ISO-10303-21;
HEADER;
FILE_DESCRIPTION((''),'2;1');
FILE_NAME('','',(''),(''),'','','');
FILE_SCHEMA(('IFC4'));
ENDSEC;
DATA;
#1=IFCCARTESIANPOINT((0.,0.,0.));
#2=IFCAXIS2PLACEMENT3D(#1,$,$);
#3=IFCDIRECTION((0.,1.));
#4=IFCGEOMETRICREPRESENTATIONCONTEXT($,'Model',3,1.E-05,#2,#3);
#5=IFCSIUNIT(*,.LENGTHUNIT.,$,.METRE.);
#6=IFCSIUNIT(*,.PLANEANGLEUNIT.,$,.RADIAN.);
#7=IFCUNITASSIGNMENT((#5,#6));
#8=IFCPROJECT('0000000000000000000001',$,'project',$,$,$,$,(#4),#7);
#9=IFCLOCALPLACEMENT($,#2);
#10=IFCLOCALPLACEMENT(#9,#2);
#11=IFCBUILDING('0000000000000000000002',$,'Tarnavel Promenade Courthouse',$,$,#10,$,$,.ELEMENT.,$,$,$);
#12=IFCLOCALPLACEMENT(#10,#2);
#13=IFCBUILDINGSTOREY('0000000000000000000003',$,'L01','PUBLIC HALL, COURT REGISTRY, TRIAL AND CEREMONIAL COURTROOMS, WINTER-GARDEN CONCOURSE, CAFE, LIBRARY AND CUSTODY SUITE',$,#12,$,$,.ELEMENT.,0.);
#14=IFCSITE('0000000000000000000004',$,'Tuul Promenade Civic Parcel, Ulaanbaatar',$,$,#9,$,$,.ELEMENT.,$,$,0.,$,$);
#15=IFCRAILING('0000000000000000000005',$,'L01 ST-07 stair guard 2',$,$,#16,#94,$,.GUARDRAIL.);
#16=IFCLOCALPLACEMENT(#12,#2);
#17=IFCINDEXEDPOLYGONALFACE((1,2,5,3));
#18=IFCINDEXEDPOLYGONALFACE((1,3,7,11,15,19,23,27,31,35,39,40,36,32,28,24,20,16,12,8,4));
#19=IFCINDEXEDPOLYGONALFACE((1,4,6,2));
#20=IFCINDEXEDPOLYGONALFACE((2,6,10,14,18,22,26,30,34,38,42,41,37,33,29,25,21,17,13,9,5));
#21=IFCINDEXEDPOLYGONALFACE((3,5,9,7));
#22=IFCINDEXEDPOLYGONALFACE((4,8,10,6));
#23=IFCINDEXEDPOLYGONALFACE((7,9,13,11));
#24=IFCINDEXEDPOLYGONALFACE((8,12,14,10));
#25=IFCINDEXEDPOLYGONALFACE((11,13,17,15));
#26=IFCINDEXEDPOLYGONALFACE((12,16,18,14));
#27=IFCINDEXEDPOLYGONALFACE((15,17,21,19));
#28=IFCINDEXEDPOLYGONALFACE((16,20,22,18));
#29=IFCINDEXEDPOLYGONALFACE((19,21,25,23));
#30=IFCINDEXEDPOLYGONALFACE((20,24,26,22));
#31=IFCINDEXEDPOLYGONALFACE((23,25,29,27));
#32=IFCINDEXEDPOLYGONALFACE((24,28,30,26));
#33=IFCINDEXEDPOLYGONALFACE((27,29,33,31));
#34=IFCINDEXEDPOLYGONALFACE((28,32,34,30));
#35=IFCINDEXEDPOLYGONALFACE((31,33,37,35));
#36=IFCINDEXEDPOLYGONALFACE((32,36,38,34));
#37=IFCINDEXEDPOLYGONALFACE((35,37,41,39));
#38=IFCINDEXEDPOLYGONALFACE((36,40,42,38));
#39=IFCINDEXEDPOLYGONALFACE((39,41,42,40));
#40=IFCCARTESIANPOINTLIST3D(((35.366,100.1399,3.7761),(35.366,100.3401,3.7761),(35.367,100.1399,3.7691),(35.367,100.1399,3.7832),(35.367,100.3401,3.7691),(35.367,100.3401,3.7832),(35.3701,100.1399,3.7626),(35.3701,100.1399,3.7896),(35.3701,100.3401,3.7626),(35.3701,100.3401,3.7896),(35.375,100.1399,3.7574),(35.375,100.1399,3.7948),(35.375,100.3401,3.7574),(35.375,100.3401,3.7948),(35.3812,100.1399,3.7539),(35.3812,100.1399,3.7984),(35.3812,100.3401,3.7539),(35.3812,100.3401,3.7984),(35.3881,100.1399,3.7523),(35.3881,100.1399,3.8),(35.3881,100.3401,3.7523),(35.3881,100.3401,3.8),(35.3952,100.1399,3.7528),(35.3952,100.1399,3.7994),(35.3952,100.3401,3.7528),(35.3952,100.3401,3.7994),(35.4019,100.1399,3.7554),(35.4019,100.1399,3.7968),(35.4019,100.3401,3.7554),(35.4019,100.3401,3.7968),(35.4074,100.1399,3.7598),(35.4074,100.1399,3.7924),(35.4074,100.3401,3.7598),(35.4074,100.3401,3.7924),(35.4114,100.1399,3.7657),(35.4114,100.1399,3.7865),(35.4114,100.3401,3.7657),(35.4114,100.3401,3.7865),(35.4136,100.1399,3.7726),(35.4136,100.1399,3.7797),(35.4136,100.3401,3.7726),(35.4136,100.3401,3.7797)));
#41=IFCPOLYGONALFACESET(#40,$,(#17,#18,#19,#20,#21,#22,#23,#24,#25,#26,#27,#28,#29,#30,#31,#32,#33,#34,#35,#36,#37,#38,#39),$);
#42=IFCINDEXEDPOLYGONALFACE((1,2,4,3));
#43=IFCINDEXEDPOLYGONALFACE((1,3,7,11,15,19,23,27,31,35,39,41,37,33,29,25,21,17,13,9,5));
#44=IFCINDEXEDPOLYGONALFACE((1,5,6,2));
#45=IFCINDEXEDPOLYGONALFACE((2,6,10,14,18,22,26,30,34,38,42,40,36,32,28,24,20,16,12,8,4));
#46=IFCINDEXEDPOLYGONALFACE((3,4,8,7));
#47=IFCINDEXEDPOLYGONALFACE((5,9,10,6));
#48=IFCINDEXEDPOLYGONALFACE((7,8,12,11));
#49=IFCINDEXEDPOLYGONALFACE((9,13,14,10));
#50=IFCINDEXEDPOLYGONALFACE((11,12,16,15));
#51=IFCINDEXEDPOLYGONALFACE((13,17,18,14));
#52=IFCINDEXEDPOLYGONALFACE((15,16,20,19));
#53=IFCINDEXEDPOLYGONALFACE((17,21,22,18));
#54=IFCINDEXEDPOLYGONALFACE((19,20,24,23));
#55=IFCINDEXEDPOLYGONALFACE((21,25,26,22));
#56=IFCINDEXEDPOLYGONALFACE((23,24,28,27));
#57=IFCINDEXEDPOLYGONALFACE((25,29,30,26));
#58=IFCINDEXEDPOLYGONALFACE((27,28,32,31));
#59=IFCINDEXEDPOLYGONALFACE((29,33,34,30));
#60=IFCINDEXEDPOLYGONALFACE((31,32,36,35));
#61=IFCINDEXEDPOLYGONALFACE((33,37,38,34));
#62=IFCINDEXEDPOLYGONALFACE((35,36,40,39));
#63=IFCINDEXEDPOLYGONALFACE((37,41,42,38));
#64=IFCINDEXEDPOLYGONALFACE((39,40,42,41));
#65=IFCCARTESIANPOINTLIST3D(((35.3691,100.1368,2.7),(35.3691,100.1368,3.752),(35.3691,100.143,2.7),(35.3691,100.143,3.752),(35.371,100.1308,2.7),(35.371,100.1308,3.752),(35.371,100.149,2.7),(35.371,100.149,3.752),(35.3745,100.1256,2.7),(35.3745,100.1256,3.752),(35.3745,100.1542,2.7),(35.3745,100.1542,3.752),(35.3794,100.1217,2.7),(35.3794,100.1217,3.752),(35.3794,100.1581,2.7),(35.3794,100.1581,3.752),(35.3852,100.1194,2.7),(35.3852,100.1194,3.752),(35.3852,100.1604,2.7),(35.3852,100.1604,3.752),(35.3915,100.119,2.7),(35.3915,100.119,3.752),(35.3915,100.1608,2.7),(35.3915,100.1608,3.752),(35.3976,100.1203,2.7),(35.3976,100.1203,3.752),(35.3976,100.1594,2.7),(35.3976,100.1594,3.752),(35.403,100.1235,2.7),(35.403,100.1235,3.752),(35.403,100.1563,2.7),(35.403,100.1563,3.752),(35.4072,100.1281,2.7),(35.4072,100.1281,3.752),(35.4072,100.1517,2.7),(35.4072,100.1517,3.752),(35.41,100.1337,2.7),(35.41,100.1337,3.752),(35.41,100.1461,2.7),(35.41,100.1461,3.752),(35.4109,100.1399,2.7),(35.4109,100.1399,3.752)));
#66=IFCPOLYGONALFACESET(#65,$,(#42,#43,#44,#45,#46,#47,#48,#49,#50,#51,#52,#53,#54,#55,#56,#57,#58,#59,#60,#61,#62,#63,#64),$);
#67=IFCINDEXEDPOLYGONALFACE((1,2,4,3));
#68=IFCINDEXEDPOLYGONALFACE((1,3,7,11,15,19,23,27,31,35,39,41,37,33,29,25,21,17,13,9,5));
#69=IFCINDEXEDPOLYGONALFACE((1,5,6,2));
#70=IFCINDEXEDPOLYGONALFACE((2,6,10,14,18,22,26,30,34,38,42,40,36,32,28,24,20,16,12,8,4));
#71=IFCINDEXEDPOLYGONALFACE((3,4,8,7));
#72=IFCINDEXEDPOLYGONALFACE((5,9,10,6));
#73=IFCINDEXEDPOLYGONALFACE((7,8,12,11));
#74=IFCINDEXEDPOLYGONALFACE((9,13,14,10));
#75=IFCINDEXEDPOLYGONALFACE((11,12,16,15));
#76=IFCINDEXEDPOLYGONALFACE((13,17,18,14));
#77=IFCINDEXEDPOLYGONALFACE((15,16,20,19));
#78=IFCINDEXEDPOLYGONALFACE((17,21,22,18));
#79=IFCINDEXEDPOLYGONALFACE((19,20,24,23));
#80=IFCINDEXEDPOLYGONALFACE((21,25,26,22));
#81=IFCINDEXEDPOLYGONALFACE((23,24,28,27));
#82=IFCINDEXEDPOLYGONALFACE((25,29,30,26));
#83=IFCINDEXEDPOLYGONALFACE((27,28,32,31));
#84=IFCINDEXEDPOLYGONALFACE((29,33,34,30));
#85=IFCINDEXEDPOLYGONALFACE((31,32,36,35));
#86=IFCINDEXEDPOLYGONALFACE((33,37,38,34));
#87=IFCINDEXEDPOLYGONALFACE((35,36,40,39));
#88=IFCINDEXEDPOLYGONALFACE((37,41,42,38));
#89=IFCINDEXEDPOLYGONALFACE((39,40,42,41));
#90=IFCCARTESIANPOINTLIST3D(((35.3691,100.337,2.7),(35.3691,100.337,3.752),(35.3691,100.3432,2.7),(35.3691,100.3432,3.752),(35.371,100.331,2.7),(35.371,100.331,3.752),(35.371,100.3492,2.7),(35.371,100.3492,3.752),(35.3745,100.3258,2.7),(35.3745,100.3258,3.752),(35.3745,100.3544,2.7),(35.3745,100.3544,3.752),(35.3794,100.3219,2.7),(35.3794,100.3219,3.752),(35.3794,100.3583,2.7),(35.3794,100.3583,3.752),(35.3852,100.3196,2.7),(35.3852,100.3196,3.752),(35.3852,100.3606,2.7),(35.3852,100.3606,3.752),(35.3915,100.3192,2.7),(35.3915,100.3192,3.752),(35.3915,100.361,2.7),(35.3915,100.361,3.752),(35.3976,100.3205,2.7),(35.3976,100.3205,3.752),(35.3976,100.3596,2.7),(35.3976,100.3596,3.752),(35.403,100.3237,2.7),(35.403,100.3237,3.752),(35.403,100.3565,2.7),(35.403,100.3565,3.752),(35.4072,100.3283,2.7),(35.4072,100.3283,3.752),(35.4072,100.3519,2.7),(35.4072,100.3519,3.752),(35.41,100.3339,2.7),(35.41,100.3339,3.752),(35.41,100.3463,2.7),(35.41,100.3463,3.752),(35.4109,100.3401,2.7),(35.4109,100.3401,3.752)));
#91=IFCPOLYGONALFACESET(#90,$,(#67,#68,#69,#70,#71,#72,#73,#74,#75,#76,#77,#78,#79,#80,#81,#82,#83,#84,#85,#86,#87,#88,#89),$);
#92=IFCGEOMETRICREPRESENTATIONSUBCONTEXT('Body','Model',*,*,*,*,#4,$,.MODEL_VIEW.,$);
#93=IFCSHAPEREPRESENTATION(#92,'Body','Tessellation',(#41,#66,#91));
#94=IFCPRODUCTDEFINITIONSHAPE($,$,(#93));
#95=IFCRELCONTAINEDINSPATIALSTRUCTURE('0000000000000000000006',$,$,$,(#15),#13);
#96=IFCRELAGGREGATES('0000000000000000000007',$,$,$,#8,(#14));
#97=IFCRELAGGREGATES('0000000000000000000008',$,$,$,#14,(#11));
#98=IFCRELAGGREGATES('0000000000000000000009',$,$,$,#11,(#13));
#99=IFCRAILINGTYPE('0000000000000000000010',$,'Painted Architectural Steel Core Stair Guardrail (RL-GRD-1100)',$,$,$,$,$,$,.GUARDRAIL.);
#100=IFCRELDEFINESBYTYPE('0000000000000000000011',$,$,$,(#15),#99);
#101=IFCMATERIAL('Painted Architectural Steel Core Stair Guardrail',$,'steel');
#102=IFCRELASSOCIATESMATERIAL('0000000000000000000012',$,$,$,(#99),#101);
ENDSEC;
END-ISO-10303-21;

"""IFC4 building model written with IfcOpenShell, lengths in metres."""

from ifc_helpers import new_model, si_unit, direction, frame, origin, origin_2d, place, context, subcontext, project, spatial, circle, extrude, material, type_object, element, save


model = new_model("IFC4")

# Units and contexts
model_context = context("Model", 3, precision=1e-05, world=origin(), true_north=direction((0.0, 1.0)))
body_context = subcontext(model_context, "Body", "Model", "MODEL_VIEW")
ifc_project = project(units=[si_unit("LENGTHUNIT", "METRE"), si_unit("PLANEANGLEUNIT", "RADIAN")], contexts=[model_context])

# Site, building, storey
site_placement = place(None, origin())
site = spatial("IfcSite", under=ifc_project, at=site_placement, Name="Tuul Promenade Civic Parcel, Ulaanbaatar", CompositionType="ELEMENT", RefElevation=0.0)
building_placement = place(site_placement, origin())
building = spatial("IfcBuilding", under=site, at=building_placement, Name="Tarnavel Promenade Courthouse", CompositionType="ELEMENT")
storey_placement = place(building_placement, origin())
storey = spatial("IfcBuildingStorey", under=building, at=storey_placement, Name="L01", Description="PUBLIC HALL, COURT REGISTRY, TRIAL AND CEREMONIAL COURTROOMS, WINTER-GARDEN CONCOURSE, CAFE, LIBRARY AND CUSTODY SUITE", CompositionType="ELEMENT", Elevation=0.0)

# Railing
ifc_material_1 = material(Name="Painted Architectural Steel Core Stair Guardrail", Category="steel")
railing_type_1 = type_object("IfcRailingType", Name="Painted Architectural Steel Core Stair Guardrail (RL-GRD-1100)", PredefinedType="GUARDRAIL", material=ifc_material_1)
railing_1_placement = place(storey_placement, frame((35.3899, 100.1399, 2.7)))
element("IfcRailing", 1, at=railing_1_placement, inside=storey, type_object=railing_type_1, Name="L01 ST-07 stair guard 2", PredefinedType="GUARDRAIL", context=body_context, shape_type="SweptSolid", body=[
    extrude(circle(Radius=0.0239, at=origin_2d()), frame((0.0, 0.0, 1.0762), z_axis=(0.0, 1.0, 0.0), x_axis=(-1.0, 0.0, 0.0)), (0.0, 0.0, 1.0), 0.2002),
    extrude(circle(Radius=0.021, at=origin_2d()), origin(), (0.0, 0.0, 1.0), 1.052),
    extrude(circle(Radius=0.021, at=origin_2d()), frame((0.0, 0.2002, 0.0)), (0.0, 0.0, 1.0), 1.052),
])

save(model, "model.ifc")
